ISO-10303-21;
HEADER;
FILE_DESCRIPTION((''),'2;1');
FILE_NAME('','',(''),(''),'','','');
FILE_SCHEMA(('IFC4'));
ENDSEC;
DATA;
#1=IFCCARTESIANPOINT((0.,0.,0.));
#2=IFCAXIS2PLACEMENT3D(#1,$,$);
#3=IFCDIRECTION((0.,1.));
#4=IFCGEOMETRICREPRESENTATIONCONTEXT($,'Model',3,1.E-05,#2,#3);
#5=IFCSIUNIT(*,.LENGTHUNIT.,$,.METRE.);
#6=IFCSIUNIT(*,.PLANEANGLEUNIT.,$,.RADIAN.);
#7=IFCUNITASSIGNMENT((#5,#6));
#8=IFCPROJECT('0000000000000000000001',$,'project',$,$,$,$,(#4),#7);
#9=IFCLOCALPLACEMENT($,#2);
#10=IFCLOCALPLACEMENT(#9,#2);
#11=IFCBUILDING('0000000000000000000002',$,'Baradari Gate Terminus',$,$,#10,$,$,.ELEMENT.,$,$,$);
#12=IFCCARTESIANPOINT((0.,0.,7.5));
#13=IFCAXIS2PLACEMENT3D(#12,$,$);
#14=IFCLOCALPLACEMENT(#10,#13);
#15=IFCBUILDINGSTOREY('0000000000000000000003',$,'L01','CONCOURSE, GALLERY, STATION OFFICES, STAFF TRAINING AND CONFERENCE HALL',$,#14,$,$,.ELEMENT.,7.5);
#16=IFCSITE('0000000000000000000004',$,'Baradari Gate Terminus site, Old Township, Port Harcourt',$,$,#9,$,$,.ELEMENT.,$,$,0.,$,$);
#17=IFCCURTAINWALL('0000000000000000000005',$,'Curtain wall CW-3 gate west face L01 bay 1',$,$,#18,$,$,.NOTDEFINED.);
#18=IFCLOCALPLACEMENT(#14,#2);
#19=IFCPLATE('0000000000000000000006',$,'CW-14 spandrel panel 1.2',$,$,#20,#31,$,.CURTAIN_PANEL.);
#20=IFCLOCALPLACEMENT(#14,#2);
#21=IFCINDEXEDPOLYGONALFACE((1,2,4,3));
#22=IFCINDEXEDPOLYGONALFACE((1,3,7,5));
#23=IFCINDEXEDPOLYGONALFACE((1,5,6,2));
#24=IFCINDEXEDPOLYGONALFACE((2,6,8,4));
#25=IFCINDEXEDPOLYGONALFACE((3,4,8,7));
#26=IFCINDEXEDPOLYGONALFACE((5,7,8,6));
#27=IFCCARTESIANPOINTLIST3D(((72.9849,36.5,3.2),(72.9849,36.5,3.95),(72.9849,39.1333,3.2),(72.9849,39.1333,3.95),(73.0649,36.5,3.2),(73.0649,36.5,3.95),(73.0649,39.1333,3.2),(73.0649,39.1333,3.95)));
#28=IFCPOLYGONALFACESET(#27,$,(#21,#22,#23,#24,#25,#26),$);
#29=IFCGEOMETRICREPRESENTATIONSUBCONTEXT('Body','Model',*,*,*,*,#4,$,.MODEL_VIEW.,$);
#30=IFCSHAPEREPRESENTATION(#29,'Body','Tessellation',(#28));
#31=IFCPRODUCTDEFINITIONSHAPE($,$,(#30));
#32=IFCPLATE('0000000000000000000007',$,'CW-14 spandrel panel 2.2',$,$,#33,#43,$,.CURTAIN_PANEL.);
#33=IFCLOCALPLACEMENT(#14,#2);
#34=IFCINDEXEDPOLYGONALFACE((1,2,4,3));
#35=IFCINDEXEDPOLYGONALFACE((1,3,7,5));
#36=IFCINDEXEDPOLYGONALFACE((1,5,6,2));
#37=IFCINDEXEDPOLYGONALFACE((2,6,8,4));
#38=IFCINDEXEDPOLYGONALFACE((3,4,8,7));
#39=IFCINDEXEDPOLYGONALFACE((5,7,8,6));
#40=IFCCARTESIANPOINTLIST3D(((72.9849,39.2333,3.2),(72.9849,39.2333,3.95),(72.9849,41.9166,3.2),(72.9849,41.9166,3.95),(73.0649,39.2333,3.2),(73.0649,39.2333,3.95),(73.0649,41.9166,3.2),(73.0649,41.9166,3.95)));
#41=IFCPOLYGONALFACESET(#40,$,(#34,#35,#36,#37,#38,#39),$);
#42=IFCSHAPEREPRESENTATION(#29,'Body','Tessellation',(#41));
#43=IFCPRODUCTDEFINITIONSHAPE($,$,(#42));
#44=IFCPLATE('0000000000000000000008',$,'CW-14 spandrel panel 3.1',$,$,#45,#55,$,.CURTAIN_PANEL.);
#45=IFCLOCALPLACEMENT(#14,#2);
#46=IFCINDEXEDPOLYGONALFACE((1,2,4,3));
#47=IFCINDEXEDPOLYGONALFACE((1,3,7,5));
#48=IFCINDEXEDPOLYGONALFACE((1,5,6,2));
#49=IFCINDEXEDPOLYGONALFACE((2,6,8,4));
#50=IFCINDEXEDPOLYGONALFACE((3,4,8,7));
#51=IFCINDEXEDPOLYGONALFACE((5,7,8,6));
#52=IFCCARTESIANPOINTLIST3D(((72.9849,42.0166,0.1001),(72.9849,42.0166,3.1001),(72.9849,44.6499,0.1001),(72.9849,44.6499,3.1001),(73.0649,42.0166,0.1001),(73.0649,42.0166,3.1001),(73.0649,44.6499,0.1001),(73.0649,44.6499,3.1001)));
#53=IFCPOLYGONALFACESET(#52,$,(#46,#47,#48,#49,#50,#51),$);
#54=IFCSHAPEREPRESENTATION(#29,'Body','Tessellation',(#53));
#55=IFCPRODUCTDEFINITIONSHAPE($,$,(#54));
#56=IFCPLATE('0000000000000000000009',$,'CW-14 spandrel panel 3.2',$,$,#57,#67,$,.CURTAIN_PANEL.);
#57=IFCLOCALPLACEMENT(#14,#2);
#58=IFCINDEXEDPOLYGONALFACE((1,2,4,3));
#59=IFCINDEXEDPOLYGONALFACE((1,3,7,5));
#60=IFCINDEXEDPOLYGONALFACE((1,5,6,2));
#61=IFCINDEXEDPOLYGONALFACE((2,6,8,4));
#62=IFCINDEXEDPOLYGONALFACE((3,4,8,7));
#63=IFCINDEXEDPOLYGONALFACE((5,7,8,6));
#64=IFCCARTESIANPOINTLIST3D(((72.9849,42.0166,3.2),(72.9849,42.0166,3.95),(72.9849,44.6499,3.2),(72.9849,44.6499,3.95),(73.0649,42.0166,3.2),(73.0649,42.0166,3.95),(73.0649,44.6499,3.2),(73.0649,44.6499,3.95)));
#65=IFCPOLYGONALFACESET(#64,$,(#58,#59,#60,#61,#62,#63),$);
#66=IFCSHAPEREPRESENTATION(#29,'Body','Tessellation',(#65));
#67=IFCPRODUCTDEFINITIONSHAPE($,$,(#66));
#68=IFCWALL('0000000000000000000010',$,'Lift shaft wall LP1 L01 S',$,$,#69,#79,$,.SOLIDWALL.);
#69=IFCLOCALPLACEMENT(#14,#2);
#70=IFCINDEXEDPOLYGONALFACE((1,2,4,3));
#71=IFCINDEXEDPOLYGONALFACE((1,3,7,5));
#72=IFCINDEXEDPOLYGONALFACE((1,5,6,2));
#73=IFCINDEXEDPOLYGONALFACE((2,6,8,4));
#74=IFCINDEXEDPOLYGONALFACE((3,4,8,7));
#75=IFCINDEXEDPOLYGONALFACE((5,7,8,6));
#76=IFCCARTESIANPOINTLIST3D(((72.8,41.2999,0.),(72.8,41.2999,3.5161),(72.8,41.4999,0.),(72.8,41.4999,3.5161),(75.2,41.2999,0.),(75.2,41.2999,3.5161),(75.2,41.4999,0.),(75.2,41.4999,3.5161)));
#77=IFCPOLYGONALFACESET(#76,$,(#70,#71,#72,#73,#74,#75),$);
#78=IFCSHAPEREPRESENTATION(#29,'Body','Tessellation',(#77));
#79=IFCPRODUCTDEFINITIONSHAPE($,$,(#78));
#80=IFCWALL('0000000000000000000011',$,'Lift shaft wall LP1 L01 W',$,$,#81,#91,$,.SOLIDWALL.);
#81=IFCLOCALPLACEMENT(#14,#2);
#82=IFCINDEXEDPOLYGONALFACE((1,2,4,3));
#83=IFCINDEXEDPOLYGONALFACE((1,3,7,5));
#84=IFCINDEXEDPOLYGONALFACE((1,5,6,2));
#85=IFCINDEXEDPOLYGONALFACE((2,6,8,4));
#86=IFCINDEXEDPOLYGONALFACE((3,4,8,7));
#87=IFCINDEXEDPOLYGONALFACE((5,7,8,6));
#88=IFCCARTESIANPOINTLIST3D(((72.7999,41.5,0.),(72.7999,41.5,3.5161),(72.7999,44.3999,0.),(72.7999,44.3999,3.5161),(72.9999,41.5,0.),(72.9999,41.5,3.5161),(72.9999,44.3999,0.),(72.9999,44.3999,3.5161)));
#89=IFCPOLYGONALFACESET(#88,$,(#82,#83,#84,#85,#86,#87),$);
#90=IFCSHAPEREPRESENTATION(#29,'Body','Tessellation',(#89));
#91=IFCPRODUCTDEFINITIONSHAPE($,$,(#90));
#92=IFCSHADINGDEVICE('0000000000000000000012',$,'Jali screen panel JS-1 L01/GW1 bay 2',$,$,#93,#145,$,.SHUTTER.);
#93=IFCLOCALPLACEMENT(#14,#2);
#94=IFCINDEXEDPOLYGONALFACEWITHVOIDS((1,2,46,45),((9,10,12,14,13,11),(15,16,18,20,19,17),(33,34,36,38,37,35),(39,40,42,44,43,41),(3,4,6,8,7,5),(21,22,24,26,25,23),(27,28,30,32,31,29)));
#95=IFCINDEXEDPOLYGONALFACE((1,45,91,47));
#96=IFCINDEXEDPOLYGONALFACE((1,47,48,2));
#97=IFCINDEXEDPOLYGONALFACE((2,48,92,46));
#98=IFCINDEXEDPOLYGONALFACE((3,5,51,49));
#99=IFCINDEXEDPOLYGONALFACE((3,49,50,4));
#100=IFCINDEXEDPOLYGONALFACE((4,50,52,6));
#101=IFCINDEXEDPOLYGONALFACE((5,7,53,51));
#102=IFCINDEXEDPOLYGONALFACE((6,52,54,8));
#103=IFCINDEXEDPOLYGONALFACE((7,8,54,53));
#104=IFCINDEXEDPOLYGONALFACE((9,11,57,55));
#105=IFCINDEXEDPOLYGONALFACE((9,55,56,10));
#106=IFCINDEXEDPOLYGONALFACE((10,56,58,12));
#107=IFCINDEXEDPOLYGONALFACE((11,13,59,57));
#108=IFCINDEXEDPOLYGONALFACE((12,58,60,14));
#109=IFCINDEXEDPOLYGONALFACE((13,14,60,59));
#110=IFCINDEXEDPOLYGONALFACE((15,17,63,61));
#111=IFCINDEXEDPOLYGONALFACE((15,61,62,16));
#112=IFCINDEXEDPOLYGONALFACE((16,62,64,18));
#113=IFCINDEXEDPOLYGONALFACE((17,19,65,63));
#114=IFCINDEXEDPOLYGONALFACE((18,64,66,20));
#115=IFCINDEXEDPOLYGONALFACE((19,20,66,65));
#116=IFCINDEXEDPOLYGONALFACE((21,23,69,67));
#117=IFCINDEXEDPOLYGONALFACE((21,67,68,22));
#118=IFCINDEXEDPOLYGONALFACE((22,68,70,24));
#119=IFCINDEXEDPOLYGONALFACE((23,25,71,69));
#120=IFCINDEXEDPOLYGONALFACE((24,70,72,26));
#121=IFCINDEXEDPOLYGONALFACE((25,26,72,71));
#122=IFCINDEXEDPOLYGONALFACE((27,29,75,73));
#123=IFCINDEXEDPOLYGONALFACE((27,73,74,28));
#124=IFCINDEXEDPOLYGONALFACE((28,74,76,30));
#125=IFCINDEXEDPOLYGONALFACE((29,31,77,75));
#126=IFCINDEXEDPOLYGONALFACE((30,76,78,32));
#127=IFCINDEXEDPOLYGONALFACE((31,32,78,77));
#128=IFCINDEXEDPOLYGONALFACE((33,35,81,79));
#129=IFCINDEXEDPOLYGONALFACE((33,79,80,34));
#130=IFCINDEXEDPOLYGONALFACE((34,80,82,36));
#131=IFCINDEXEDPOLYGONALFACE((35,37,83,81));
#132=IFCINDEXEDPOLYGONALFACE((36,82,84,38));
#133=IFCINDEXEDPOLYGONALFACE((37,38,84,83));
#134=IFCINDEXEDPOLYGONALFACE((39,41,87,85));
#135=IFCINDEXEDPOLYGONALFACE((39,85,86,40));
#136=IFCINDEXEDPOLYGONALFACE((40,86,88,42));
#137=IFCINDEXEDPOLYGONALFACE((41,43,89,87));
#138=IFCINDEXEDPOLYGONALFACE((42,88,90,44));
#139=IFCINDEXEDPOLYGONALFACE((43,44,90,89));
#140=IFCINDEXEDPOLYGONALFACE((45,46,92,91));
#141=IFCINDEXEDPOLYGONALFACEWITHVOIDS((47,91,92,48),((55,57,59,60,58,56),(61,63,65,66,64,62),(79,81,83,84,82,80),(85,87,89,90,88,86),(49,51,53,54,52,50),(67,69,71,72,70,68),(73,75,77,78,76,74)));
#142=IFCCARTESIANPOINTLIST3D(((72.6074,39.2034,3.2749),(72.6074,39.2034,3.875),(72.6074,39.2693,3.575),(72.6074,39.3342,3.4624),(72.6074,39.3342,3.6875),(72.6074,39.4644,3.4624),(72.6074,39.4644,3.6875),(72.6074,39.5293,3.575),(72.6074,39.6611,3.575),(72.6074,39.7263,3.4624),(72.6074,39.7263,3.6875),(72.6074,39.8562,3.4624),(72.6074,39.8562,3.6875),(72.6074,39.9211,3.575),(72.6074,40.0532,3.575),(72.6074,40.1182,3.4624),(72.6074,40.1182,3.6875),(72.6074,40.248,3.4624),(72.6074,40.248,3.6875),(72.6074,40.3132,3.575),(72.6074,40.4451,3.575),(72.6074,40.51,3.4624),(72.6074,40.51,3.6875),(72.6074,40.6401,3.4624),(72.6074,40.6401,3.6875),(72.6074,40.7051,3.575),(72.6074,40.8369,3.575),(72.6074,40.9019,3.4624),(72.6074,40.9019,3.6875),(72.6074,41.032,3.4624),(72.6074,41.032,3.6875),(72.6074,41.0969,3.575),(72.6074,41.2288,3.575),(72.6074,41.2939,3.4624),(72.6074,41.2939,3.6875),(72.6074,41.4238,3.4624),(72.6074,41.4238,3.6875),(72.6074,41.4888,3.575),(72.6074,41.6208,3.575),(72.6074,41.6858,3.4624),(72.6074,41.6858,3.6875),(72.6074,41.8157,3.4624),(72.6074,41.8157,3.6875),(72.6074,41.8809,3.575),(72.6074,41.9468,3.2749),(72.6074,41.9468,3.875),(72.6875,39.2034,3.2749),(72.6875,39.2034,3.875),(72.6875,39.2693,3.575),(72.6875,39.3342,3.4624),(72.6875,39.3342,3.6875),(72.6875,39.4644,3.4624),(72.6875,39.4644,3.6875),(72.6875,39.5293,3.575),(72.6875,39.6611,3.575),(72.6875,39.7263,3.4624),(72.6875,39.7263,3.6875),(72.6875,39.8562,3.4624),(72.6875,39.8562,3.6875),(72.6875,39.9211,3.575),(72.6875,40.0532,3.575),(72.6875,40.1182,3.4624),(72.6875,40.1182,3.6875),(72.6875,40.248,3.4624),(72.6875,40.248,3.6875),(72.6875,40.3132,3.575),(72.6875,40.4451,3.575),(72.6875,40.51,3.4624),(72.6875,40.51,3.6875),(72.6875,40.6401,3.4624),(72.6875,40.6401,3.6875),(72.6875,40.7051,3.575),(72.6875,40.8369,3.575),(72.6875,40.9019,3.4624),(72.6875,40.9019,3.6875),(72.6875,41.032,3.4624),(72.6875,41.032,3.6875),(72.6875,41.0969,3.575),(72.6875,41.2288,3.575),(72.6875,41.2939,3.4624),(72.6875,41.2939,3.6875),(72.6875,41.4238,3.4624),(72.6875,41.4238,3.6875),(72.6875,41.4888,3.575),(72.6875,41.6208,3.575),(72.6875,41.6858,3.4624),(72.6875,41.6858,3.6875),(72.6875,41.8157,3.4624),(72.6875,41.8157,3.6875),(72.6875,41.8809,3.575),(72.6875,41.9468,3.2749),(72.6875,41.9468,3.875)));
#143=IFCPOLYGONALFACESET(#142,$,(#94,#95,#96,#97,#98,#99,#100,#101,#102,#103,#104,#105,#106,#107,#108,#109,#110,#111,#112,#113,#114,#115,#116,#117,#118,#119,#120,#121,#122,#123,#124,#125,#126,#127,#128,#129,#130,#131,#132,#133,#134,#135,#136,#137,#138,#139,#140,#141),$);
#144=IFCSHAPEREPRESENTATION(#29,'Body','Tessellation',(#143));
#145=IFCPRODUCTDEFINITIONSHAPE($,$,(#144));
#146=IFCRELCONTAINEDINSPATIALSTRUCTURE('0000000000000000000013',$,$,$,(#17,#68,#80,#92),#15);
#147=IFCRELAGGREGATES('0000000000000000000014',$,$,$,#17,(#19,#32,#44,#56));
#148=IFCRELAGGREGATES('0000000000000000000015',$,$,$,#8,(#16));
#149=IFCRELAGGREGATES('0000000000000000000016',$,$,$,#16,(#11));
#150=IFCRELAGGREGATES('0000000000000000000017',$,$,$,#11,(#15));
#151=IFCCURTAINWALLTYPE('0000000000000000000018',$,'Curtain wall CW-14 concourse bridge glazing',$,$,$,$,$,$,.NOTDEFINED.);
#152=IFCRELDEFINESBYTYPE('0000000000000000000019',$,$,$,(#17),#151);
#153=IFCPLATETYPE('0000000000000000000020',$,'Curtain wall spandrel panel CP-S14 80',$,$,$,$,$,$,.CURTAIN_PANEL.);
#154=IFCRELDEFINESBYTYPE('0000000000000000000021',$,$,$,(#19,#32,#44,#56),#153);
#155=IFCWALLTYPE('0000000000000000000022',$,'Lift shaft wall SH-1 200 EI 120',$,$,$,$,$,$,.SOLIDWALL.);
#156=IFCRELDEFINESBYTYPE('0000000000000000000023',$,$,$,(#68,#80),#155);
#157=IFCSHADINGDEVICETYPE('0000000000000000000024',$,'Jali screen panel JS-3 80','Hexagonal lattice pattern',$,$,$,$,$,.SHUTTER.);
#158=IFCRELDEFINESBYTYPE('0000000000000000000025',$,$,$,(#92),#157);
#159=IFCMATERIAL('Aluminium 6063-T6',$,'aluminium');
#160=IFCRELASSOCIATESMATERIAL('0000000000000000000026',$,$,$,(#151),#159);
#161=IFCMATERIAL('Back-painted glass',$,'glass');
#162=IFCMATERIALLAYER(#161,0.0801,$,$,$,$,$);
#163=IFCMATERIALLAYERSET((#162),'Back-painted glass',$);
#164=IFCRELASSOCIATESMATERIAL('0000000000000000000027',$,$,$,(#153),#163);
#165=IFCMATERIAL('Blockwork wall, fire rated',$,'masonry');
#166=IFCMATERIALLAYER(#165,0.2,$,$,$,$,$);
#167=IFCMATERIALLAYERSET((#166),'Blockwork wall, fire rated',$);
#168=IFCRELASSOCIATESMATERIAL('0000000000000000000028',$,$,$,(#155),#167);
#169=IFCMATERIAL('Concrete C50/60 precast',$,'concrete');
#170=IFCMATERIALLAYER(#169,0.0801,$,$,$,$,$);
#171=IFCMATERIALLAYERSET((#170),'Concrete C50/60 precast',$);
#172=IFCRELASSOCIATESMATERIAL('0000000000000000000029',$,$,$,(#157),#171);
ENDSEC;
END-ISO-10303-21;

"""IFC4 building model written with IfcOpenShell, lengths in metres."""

from ifc_helpers import new_model, si_unit, direction, frame, frame_2d, origin, origin_2d, place, context, subcontext, project, spatial, polyline, rectangle, outline, extrude, material, layer, layer_set, type_object, element, aggregate, save


model = new_model("IFC4")

# Units and contexts
model_context = context("Model", 3, precision=1e-05, world=origin(), true_north=direction((0.0, 1.0)))
body_context = subcontext(model_context, "Body", "Model", "MODEL_VIEW")
ifc_project = project(units=[si_unit("LENGTHUNIT", "METRE"), si_unit("PLANEANGLEUNIT", "RADIAN")], contexts=[model_context])

# Site, building, storey
site_placement = place(None, origin())
site = spatial("IfcSite", under=ifc_project, at=site_placement, Name="Baradari Gate Terminus site, Old Township, Port Harcourt", CompositionType="ELEMENT", RefElevation=0.0)
building_placement = place(site_placement, origin())
building = spatial("IfcBuilding", under=site, at=building_placement, Name="Baradari Gate Terminus", CompositionType="ELEMENT")
storey_placement = place(building_placement, frame((0.0, 0.0, 7.5)))
storey = spatial("IfcBuildingStorey", under=building, at=storey_placement, Name="L01", Description="CONCOURSE, GALLERY, STATION OFFICES, STAFF TRAINING AND CONFERENCE HALL", CompositionType="ELEMENT", Elevation=7.5)

# Curtain wall, plates
ifc_material_1 = material(Name="Aluminium 6063-T6", Category="aluminium")
curtain_wall_type = type_object("IfcCurtainWallType", Name="Curtain wall CW-14 concourse bridge glazing", PredefinedType="NOTDEFINED", material=ifc_material_1)
curtain_wall_placement = place(storey_placement, origin())
curtain_wall = element("IfcCurtainWall", 1, at=curtain_wall_placement, inside=storey, type_object=curtain_wall_type, Name="Curtain wall CW-3 gate west face L01 bay 1", PredefinedType="NOTDEFINED")
ifc_material_2 = material(Name="Back-painted glass", Category="glass")
ifc_layer_1 = layer(ifc_material_2, 0.0801)
ifc_layer_set_1 = layer_set([ifc_layer_1], Name="Back-painted glass")
plate_type_1 = type_object("IfcPlateType", Name="Curtain wall spandrel panel CP-S14 80", PredefinedType="CURTAIN_PANEL", material=ifc_layer_set_1)
plate_1_placement = place(storey_placement, frame((73.0249, 37.8167, 3.2), z_axis=(0.0, 0.0, 1.0), x_axis=(0.0, 1.0, 0.0)))
plate_1 = element("IfcPlate", 2, at=plate_1_placement, type_object=plate_type_1, Name="CW-14 spandrel panel 1.2", PredefinedType="CURTAIN_PANEL", context=body_context, shape_type="SweptSolid", body=[
    extrude(rectangle(XDim=2.6333, YDim=0.0801, at=origin_2d()), origin(), (0.0, 0.0, 1.0), 0.75),
])
plate_2_placement = place(storey_placement, frame((73.0249, 40.575, 3.2), z_axis=(0.0, 0.0, 1.0), x_axis=(0.0, 1.0, 0.0)))
plate_2 = element("IfcPlate", 3, at=plate_2_placement, type_object=plate_type_1, Name="CW-14 spandrel panel 2.2", PredefinedType="CURTAIN_PANEL", context=body_context, shape_type="SweptSolid", body=[
    extrude(rectangle(XDim=2.6833, YDim=0.0801, at=origin_2d()), origin(), (0.0, 0.0, 1.0), 0.75),
])
plate_3_placement = place(storey_placement, frame((73.0249, 43.3333, 0.1001), z_axis=(0.0, 0.0, 1.0), x_axis=(0.0, 1.0, 0.0)))
plate_3 = element("IfcPlate", 4, at=plate_3_placement, type_object=plate_type_1, Name="CW-14 spandrel panel 3.1", PredefinedType="CURTAIN_PANEL", context=body_context, shape_type="SweptSolid", body=[
    extrude(rectangle(XDim=2.6333, YDim=0.0801, at=origin_2d()), origin(), (0.0, 0.0, 1.0), 3.0),
])
plate_4_placement = place(storey_placement, frame((73.0249, 43.3333, 3.2), z_axis=(0.0, 0.0, 1.0), x_axis=(0.0, 1.0, 0.0)))
plate_4 = element("IfcPlate", 5, at=plate_4_placement, type_object=plate_type_1, Name="CW-14 spandrel panel 3.2", PredefinedType="CURTAIN_PANEL", context=body_context, shape_type="SweptSolid", body=[
    extrude(rectangle(XDim=2.6333, YDim=0.0801, at=origin_2d()), origin(), (0.0, 0.0, 1.0), 0.75),
])
aggregate(curtain_wall, [plate_1, plate_2, plate_3, plate_4])

# Walls
ifc_material_3 = material(Name="Blockwork wall, fire rated", Category="masonry")
ifc_layer_2 = layer(ifc_material_3, 0.2)
ifc_layer_set_2 = layer_set([ifc_layer_2], Name="Blockwork wall, fire rated")
wall_type = type_object("IfcWallType", Name="Lift shaft wall SH-1 200 EI 120", PredefinedType="SOLIDWALL", material=ifc_layer_set_2)
wall_1_placement = place(storey_placement, frame((72.8, 41.3999, 0.0), z_axis=(0.0, 0.0, 1.0), x_axis=(1.0, 0.0, 0.0)))
element("IfcWall", 6, at=wall_1_placement, inside=storey, type_object=wall_type, Name="Lift shaft wall LP1 L01 S", PredefinedType="SOLIDWALL", context=body_context, shape_type="SweptSolid", body=[
    extrude(rectangle(XDim=2.3999, YDim=0.2, at=frame_2d((1.2, 0.0))), origin(), (0.0, 0.0, 1.0), 3.5161),
])
wall_2_placement = place(storey_placement, frame((72.8999, 41.5, 0.0), z_axis=(0.0, 0.0, 1.0), x_axis=(0.0, 1.0, 0.0)))
element("IfcWall", 7, at=wall_2_placement, inside=storey, type_object=wall_type, Name="Lift shaft wall LP1 L01 W", PredefinedType="SOLIDWALL", context=body_context, shape_type="SweptSolid", body=[
    extrude(rectangle(XDim=2.8999, YDim=0.2, at=frame_2d((1.45, 0.0))), origin(), (0.0, 0.0, 1.0), 3.5161),
])

# Shading device
ifc_material_4 = material(Name="Concrete C50/60 precast", Category="concrete")
ifc_layer_3 = layer(ifc_material_4, 0.0801)
ifc_layer_set_3 = layer_set([ifc_layer_3], Name="Concrete C50/60 precast")
shading_device_type = type_object("IfcShadingDeviceType", Name="Jali screen panel JS-3 80", Description="Hexagonal lattice pattern", PredefinedType="SHUTTER", material=ifc_layer_set_3)
shading_device_1_placement = place(storey_placement, frame((72.6475, 39.2034, 3.2749), z_axis=(0.0, 0.0, 1.0), x_axis=(0.0, 1.0, 0.0)))
element("IfcShadingDevice", 8, at=shading_device_1_placement, inside=storey, type_object=shading_device_type, Name="Jali screen panel JS-1 L01/GW1 bay 2", PredefinedType="SHUTTER", context=body_context, shape_type="SweptSolid", body=[
    extrude(outline(polyline([(0.0, 0.0), (2.7434, 0.0), (2.7434, 0.6001), (0.0, 0.6001), (0.0, 0.0)]), holes=[polyline([(0.3259, 0.3), (0.261, 0.1875), (0.1309, 0.1875), (0.0659, 0.3), (0.1309, 0.4126), (0.261, 0.4126), (0.3259, 0.3)]), polyline([(0.7178, 0.3), (0.6528, 0.1875), (0.5229, 0.1875), (0.4578, 0.3), (0.5229, 0.4126), (0.6528, 0.4126), (0.7178, 0.3)]), polyline([(1.1099, 0.3), (1.0447, 0.1875), (0.9148, 0.1875), (0.8499, 0.3), (0.9148, 0.4126), (1.0447, 0.4126), (1.1099, 0.3)]), polyline([(1.5017, 0.3), (1.4368, 0.1875), (1.3066, 0.1875), (1.2417, 0.3), (1.3066, 0.4126), (1.4368, 0.4126), (1.5017, 0.3)]), polyline([(1.8936, 0.3), (1.8286, 0.1875), (1.6985, 0.1875), (1.6335, 0.3), (1.6985, 0.4126), (1.8286, 0.4126), (1.8936, 0.3)]), polyline([(2.2854, 0.3), (2.2205, 0.1875), (2.0906, 0.1875), (2.0254, 0.3), (2.0906, 0.4126), (2.2205, 0.4126), (2.2854, 0.3)]), polyline([(2.6775, 0.3), (2.6123, 0.1875), (2.4824, 0.1875), (2.4175, 0.3), (2.4824, 0.4126), (2.6123, 0.4126), (2.6775, 0.3)])]), frame((0.0, 0.04, 0.0), z_axis=(0.0, -1.0, 0.0), x_axis=(1.0, 0.0, 0.0)), (0.0, 0.0, 1.0), 0.0801),
])

save(model, "model.ifc")
